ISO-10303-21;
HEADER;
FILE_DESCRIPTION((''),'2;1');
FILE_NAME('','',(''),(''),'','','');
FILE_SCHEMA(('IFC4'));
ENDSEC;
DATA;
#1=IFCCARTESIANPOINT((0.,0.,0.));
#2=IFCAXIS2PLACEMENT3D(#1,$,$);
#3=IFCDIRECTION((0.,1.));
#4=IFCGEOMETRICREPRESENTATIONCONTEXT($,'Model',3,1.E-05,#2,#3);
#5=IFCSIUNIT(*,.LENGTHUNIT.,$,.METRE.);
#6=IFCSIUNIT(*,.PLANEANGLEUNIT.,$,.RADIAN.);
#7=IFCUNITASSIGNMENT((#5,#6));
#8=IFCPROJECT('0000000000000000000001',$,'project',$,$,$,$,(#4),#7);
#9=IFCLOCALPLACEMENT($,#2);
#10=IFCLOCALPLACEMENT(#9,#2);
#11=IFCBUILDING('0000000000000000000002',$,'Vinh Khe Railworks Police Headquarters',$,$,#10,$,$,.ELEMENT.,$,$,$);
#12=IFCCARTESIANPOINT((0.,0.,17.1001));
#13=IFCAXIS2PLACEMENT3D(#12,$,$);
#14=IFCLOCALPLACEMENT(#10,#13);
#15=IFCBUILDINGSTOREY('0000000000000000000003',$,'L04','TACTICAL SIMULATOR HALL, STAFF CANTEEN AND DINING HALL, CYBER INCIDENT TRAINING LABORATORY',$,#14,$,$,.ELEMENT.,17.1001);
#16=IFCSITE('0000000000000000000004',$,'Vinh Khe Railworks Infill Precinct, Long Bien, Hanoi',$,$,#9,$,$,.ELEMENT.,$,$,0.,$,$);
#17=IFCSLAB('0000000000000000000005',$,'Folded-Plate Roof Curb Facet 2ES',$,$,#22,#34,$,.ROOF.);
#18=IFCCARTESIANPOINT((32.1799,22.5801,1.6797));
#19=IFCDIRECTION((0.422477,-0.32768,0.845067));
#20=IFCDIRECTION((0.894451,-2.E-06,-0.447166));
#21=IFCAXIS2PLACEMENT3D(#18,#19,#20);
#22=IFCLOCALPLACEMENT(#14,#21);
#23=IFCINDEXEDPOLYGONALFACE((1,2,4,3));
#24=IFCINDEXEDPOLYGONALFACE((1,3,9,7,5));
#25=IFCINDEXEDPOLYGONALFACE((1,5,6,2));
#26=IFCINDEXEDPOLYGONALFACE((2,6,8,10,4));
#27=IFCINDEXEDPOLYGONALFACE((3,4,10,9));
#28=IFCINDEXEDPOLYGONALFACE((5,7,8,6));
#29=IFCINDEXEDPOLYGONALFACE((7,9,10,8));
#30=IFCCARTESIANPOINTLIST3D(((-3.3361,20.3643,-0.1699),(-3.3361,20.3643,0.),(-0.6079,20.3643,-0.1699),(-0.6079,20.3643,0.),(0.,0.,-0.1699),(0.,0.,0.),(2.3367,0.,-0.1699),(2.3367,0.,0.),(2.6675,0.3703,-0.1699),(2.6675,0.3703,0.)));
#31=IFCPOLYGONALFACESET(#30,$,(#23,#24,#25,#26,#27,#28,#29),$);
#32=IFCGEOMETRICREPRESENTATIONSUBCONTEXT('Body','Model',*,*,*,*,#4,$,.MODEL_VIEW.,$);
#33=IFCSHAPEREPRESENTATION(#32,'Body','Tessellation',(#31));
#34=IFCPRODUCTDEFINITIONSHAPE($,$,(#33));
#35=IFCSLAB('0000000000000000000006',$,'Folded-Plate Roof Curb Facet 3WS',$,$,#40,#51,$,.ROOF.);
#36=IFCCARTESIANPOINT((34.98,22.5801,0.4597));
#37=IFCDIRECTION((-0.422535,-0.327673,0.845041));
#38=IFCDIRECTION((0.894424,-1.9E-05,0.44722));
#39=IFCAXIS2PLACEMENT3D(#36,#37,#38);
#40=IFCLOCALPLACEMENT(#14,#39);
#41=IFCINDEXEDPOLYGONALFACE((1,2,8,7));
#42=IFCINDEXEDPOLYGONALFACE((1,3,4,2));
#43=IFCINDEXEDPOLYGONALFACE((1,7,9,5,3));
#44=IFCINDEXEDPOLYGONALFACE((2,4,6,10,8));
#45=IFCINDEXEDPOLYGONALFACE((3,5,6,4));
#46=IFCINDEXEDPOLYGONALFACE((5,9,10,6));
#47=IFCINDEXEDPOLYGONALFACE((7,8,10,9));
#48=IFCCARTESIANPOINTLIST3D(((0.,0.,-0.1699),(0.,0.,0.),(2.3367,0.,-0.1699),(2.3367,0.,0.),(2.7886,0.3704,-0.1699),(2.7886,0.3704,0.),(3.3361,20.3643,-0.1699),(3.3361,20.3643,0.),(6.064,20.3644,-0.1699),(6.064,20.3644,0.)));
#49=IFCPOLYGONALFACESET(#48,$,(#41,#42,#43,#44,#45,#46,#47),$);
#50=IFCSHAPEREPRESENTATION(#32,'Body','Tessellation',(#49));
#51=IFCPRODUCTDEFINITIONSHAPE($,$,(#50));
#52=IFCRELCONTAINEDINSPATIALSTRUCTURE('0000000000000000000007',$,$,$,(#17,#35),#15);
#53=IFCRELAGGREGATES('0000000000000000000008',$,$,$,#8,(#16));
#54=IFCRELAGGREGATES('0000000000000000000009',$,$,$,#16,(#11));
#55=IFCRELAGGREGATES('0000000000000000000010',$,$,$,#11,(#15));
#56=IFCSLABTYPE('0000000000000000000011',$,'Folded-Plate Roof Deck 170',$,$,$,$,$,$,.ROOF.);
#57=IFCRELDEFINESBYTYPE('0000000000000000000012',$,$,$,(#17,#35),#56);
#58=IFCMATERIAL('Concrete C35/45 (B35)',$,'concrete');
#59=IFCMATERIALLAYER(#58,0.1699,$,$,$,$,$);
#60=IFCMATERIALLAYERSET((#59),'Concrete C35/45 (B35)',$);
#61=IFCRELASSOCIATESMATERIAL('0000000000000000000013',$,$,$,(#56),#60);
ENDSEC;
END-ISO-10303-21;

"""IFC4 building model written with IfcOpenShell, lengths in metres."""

from ifc_helpers import new_model, si_unit, direction, frame, origin, place, context, subcontext, project, spatial, polyline, outline, extrude, material, layer, layer_set, type_object, element, save


model = new_model("IFC4")

# Units and contexts
model_context = context("Model", 3, precision=1e-05, world=origin(), true_north=direction((0.0, 1.0)))
body_context = subcontext(model_context, "Body", "Model", "MODEL_VIEW")
ifc_project = project(units=[si_unit("LENGTHUNIT", "METRE"), si_unit("PLANEANGLEUNIT", "RADIAN")], contexts=[model_context])

# Site, building, storey
site_placement = place(None, origin())
site = spatial("IfcSite", under=ifc_project, at=site_placement, Name="Vinh Khe Railworks Infill Precinct, Long Bien, Hanoi", CompositionType="ELEMENT", RefElevation=0.0)
building_placement = place(site_placement, origin())
building = spatial("IfcBuilding", under=site, at=building_placement, Name="Vinh Khe Railworks Police Headquarters", CompositionType="ELEMENT")
storey_placement = place(building_placement, frame((0.0, 0.0, 17.1001)))
storey = spatial("IfcBuildingStorey", under=building, at=storey_placement, Name="L04", Description="TACTICAL SIMULATOR HALL, STAFF CANTEEN AND DINING HALL, CYBER INCIDENT TRAINING LABORATORY", CompositionType="ELEMENT", Elevation=17.1001)

# Slabs
ifc_material_1 = material(Name="Concrete C35/45 (B35)", Category="concrete")
ifc_layer = layer(ifc_material_1, 0.1699)
ifc_layer_set = layer_set([ifc_layer], Name="Concrete C35/45 (B35)")
slab_type = type_object("IfcSlabType", Name="Folded-Plate Roof Deck 170", PredefinedType="ROOF", material=ifc_layer_set)
slab_1_placement = place(storey_placement, frame((32.1799, 22.5801, 1.6797), z_axis=(0.422477, -0.32768, 0.845067), x_axis=(0.894451, -0.000002, -0.447166)))
element("IfcSlab", 1, at=slab_1_placement, inside=storey, type_object=slab_type, Name="Folded-Plate Roof Curb Facet 2ES", PredefinedType="ROOF", context=body_context, shape_type="SweptSolid", body=[
    extrude(outline(polyline([(0.0, 0.0), (2.3367, 0.0), (2.6675, 0.3703), (-0.6079, 20.3643), (-3.3361, 20.3643), (0.0, 0.0)])), origin(), (0.0, 0.0, -1.0), 0.1699),
])
slab_2_placement = place(storey_placement, frame((34.98, 22.5801, 0.4597), z_axis=(-0.422535, -0.327673, 0.845041), x_axis=(0.894424, -0.000019, 0.44722)))
element("IfcSlab", 2, at=slab_2_placement, inside=storey, type_object=slab_type, Name="Folded-Plate Roof Curb Facet 3WS", PredefinedType="ROOF", context=body_context, shape_type="SweptSolid", body=[
    extrude(outline(polyline([(0.0, 0.0), (2.3367, 0.0), (2.7886, 0.3704), (6.064, 20.3644), (3.3361, 20.3643), (0.0, 0.0)])), origin(), (0.0, 0.0, -1.0), 0.1699),
])

save(model, "model.ifc")
